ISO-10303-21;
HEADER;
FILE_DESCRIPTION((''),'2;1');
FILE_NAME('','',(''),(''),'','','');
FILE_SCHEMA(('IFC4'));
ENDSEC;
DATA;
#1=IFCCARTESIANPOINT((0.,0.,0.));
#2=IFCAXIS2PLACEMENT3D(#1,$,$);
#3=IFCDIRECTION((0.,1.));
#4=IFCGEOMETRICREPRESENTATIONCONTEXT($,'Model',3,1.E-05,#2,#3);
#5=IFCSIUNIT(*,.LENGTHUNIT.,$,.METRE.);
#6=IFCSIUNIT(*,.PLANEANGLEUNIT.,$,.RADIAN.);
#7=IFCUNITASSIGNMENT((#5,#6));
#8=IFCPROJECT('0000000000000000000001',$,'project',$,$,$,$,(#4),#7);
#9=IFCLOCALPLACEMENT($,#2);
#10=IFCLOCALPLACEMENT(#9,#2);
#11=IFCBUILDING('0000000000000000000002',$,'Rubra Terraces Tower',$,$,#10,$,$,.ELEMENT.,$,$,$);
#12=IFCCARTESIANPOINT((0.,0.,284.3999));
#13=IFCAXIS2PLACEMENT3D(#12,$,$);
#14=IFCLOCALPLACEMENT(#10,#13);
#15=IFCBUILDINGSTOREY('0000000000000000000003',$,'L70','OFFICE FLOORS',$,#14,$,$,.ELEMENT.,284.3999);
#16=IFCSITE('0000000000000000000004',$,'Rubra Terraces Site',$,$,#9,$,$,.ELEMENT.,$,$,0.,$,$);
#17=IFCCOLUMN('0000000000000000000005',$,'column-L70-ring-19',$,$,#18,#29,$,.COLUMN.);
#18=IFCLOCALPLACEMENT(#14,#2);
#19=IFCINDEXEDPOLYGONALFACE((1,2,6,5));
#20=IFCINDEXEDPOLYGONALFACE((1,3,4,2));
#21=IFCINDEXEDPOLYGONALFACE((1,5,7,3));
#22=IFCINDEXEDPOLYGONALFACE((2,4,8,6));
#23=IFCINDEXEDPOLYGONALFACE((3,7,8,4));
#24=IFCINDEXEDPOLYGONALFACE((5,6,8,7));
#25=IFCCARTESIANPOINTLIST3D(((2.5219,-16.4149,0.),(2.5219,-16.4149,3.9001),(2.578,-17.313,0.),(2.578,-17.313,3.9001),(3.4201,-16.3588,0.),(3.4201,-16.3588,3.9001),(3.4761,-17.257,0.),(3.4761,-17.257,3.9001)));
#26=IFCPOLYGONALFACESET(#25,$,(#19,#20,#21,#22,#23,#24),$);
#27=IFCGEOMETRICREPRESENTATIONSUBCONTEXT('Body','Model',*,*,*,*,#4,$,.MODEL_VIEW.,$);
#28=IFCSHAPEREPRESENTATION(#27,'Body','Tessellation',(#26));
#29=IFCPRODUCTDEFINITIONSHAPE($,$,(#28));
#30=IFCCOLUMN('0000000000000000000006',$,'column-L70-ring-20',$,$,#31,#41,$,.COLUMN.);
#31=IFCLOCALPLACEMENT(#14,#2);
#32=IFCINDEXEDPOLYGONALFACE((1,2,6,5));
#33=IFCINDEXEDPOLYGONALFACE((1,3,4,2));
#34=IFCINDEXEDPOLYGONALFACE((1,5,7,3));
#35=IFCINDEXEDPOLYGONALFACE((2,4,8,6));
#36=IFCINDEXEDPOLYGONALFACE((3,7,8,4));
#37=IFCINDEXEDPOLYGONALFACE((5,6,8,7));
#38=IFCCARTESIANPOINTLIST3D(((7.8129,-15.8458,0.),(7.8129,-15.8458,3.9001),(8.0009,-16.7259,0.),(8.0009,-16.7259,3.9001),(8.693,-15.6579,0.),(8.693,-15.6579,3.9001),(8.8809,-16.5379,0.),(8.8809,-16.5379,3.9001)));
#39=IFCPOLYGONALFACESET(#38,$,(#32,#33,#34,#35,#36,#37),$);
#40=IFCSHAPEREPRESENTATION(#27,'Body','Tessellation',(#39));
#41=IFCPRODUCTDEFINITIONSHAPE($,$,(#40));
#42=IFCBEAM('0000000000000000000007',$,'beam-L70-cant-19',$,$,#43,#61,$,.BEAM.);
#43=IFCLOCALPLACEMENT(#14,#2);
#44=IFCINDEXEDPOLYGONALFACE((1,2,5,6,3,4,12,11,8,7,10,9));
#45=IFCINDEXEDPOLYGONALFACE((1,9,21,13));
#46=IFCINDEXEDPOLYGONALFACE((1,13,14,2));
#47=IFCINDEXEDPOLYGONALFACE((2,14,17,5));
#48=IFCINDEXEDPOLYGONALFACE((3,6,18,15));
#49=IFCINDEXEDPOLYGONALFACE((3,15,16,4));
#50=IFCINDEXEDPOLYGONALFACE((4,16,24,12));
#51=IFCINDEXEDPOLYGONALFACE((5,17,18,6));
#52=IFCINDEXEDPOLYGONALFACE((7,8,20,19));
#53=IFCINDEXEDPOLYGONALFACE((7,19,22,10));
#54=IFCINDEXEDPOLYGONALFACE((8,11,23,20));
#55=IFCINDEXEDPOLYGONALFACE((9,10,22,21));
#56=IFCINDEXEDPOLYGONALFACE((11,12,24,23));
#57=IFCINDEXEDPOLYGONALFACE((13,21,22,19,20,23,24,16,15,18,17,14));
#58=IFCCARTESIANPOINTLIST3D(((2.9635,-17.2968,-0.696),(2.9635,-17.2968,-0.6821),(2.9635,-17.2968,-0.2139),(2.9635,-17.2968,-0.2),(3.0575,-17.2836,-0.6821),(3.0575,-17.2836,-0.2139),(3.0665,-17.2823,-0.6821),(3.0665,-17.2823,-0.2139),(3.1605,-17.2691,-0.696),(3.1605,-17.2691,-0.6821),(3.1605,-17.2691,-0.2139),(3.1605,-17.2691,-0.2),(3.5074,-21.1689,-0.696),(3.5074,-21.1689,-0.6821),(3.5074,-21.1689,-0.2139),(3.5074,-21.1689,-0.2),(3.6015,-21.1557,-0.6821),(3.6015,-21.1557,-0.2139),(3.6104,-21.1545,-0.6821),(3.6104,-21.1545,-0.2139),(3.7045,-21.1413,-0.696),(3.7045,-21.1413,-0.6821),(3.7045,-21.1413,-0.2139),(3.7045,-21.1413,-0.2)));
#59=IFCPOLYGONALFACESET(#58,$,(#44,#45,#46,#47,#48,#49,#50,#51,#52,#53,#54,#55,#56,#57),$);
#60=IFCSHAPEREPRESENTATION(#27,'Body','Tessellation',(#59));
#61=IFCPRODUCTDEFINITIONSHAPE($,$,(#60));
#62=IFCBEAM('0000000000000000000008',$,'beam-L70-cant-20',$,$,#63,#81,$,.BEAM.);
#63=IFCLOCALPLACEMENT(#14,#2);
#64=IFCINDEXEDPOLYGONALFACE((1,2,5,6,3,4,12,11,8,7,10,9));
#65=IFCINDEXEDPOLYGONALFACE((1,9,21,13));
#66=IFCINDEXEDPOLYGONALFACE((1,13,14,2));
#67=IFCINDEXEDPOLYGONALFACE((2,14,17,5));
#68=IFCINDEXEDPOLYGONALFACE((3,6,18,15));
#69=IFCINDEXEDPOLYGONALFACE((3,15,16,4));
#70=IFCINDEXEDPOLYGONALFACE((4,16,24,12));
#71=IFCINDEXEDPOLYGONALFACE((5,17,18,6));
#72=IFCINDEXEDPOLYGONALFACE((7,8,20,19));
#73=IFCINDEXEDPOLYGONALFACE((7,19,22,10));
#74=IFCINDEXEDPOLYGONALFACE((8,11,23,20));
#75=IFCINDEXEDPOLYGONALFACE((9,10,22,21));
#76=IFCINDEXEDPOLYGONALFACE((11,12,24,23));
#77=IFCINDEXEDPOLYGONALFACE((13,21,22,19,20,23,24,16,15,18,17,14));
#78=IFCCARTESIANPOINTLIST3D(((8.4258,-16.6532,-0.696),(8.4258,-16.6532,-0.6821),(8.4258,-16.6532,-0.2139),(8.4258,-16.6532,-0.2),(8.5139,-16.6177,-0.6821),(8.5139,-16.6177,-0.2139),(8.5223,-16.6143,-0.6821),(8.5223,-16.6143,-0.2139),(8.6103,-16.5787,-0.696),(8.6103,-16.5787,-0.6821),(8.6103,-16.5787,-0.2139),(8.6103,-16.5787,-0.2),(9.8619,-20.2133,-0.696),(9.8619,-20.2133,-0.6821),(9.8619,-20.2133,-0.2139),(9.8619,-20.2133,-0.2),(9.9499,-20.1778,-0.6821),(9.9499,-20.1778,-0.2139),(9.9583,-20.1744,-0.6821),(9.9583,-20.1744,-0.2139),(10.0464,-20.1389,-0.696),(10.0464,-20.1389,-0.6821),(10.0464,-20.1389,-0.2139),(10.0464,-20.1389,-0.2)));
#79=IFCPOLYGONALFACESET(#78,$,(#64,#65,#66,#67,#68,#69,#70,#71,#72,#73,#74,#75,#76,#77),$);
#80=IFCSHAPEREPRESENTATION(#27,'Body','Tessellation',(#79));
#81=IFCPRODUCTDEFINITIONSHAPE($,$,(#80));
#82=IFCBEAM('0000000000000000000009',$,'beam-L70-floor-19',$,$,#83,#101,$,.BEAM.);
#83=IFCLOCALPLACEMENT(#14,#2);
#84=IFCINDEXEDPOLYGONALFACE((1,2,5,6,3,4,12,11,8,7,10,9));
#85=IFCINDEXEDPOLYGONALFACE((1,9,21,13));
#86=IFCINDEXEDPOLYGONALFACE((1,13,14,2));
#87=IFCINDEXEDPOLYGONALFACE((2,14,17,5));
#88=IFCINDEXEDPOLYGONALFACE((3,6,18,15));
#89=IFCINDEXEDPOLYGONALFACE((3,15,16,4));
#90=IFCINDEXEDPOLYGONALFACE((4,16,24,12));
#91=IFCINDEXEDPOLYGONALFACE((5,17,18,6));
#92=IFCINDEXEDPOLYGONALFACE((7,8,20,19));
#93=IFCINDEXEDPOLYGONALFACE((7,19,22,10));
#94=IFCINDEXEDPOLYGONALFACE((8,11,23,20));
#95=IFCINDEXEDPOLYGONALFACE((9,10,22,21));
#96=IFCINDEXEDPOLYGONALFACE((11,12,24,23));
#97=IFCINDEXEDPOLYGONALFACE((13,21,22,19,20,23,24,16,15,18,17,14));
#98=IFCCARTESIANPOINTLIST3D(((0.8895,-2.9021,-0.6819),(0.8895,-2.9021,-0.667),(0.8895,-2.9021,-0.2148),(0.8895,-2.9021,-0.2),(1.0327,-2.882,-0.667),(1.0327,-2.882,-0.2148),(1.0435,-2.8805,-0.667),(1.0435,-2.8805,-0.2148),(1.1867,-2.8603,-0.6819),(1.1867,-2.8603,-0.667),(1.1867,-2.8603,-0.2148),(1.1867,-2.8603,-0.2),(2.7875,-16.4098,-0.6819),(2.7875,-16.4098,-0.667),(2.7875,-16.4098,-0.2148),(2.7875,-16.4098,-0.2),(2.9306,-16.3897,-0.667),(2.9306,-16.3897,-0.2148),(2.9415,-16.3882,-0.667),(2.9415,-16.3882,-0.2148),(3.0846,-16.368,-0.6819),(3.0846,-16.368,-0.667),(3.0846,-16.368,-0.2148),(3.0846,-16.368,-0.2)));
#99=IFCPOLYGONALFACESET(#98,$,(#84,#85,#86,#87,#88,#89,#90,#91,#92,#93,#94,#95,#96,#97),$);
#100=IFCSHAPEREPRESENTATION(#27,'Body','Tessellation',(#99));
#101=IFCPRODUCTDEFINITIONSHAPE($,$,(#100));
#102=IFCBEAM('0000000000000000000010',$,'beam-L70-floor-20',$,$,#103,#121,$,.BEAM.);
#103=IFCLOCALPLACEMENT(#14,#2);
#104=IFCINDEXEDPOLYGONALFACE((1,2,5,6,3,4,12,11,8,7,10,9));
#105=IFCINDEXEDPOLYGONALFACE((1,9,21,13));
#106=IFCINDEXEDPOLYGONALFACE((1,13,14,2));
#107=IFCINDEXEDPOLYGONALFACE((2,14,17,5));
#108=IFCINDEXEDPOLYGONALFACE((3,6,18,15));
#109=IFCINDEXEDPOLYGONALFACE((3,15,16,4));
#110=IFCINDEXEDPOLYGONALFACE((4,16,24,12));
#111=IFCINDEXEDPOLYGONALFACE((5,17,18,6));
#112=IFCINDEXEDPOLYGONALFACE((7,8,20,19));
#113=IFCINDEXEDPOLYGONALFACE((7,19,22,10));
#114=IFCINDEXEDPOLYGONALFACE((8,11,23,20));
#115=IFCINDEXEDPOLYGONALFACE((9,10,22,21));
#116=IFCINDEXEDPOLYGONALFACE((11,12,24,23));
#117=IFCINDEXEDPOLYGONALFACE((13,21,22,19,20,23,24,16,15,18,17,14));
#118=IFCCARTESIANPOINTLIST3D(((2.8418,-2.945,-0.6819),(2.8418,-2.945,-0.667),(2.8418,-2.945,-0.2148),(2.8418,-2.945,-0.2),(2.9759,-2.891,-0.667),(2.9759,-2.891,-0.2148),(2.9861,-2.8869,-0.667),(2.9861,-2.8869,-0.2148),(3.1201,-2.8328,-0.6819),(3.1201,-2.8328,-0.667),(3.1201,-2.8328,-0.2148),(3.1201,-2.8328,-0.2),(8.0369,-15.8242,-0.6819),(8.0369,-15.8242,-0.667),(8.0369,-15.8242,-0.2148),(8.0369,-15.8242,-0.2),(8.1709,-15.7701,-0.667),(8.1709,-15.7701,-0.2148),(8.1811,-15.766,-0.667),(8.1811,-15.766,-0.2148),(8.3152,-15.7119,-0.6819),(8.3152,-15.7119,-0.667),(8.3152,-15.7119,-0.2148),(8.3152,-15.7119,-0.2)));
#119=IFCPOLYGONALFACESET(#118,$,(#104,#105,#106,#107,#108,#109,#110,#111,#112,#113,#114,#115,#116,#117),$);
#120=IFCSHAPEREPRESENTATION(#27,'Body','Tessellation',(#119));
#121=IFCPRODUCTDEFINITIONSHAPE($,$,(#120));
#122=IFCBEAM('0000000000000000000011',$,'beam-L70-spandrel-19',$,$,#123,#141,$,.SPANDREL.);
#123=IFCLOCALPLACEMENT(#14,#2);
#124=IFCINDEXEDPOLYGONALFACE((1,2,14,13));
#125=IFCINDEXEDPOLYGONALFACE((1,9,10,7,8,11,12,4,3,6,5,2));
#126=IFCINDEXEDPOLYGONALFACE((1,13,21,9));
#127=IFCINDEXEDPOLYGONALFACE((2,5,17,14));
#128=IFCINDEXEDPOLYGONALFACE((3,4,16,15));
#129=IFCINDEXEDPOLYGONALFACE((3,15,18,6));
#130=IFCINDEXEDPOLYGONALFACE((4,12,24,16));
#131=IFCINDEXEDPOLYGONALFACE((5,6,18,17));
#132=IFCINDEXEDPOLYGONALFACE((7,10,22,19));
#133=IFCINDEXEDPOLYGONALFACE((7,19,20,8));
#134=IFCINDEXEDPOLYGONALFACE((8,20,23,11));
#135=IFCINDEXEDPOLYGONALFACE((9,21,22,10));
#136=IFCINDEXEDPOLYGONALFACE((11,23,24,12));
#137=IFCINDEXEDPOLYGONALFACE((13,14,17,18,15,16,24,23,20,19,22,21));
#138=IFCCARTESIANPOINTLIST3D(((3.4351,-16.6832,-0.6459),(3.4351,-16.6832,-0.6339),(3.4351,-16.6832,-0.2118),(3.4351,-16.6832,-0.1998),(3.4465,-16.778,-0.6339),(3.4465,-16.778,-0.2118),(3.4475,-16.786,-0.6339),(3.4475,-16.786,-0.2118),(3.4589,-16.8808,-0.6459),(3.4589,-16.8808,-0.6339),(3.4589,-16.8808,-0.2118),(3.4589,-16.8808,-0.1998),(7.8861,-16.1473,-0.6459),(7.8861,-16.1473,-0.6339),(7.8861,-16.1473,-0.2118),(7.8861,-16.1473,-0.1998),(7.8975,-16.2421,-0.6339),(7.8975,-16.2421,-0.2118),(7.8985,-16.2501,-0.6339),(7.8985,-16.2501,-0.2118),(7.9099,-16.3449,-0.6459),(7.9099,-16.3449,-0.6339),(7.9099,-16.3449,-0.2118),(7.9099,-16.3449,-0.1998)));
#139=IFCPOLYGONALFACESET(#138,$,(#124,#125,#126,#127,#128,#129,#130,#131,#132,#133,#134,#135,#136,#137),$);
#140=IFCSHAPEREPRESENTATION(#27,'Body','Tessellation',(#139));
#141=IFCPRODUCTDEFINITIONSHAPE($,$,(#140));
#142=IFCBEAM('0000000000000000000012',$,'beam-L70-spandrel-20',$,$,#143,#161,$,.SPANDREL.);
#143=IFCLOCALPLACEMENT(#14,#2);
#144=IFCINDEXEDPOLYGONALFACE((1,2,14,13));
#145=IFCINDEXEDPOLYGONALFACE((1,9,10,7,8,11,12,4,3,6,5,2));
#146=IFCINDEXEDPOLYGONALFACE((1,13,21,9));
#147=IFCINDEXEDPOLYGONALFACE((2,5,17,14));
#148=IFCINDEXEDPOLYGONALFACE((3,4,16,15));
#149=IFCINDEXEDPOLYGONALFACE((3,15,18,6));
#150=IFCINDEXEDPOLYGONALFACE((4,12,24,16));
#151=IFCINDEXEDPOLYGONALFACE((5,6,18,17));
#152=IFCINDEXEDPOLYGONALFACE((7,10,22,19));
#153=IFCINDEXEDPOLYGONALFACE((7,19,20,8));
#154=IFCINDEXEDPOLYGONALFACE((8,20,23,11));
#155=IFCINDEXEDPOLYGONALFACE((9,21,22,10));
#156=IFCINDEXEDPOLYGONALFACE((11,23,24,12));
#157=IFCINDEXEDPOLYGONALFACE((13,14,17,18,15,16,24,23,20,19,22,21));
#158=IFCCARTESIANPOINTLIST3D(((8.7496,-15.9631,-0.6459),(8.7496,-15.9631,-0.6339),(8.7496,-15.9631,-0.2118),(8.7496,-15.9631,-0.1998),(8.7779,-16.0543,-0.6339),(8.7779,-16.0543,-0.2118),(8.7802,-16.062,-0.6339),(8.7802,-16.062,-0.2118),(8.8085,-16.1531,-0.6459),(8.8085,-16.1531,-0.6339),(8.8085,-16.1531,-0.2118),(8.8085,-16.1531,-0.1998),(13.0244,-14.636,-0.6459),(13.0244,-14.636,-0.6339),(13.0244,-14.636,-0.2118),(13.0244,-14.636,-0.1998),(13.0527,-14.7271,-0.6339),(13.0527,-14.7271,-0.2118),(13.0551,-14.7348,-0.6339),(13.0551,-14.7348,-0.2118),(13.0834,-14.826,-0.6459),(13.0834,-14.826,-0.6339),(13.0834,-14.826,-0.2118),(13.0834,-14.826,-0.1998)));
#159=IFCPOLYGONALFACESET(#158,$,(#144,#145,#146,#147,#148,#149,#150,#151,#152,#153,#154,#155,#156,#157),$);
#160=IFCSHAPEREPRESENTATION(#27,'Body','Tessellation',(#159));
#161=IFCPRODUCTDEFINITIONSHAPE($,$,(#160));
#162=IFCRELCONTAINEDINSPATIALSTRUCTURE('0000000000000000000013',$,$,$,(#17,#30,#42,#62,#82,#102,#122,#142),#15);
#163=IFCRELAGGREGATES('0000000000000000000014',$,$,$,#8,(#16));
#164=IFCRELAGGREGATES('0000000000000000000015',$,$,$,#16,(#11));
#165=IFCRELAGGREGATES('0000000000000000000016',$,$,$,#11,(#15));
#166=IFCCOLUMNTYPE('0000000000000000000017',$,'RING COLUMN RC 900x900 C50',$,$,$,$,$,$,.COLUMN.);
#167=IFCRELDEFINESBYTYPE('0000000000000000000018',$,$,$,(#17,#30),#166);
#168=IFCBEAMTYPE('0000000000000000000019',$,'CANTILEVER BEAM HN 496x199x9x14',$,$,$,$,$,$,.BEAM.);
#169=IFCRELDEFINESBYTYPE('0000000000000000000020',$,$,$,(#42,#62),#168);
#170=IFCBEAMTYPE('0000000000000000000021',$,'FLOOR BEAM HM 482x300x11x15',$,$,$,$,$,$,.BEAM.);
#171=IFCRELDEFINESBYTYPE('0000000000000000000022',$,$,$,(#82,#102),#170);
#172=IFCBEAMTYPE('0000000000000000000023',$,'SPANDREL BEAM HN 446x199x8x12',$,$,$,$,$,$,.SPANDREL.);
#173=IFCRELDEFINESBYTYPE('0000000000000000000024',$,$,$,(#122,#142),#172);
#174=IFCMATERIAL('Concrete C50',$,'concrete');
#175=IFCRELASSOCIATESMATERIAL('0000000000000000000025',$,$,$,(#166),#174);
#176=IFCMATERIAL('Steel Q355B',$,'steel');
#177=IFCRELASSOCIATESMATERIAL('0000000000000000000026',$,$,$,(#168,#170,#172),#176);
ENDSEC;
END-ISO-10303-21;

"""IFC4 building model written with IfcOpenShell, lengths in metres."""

from ifc_helpers import new_model, si_unit, direction, frame, origin, origin_2d, place, context, subcontext, project, spatial, rectangle, i_section, extrude, material, material_profile, profile_set, type_object, element, save


model = new_model("IFC4")

# Units and contexts
model_context = context("Model", 3, precision=1e-05, world=origin(), true_north=direction((0.0, 1.0)))
body_context = subcontext(model_context, "Body", "Model", "MODEL_VIEW")
ifc_project = project(units=[si_unit("LENGTHUNIT", "METRE"), si_unit("PLANEANGLEUNIT", "RADIAN")], contexts=[model_context])

# Site, building, storey
site_placement = place(None, origin())
site = spatial("IfcSite", under=ifc_project, at=site_placement, Name="Rubra Terraces Site", CompositionType="ELEMENT", RefElevation=0.0)
building_placement = place(site_placement, origin())
building = spatial("IfcBuilding", under=site, at=building_placement, Name="Rubra Terraces Tower", CompositionType="ELEMENT")
storey_placement = place(building_placement, frame((0.0, 0.0, 284.3999)))
storey = spatial("IfcBuildingStorey", under=building, at=storey_placement, Name="L70", Description="OFFICE FLOORS", CompositionType="ELEMENT", Elevation=284.3999)

# Columns
ifc_material_1 = material(Name="Concrete C50", Category="concrete")
ifc_material_profile_1 = material_profile(ifc_material_1, rectangle(XDim=0.8999, YDim=0.8999, at=origin_2d()), Name="RC 900x900")
ifc_profile_set_1 = profile_set([ifc_material_profile_1], Name="Concrete C50")
column_type = type_object("IfcColumnType", Name="RING COLUMN RC 900x900 C50", PredefinedType="COLUMN", material=ifc_profile_set_1)
for number, where, z_axis, x_axis, name in (
    (1, (2.999, -16.8359, 0.0), (0.0, 0.0, 1.0), (0.998059, 0.062268, 0.0), "column-L70-ring-19"),
    (2, (8.3469, -16.1919, 0.0), (0.0, 0.0, 1.0), (0.977944, 0.208867, 0.0), "column-L70-ring-20"),
):
    element("IfcColumn", number, at=place(storey_placement, frame(where, z_axis=z_axis, x_axis=x_axis)), inside=storey, type_object=column_type, Name=name, PredefinedType="COLUMN", context=body_context, shape_type="SweptSolid", body=[
        extrude(rectangle(XDim=0.8999, YDim=0.8999, at=origin_2d()), origin(), (0.0, 0.0, 1.0), 3.9001),
    ])

# Beams
ifc_material_2 = material(Name="Steel Q355B", Category="steel")
ifc_material_profile_2 = material_profile(ifc_material_2, i_section(OverallWidth=0.199, OverallDepth=0.4961, WebThickness=0.009, FlangeThickness=0.0139, at=origin_2d()), Name="HN 496x199x9x14")
ifc_profile_set_2 = profile_set([ifc_material_profile_2], Name="Steel Q355B")
beam_type_1 = type_object("IfcBeamType", Name="CANTILEVER BEAM HN 496x199x9x14", PredefinedType="BEAM", material=ifc_profile_set_2)
beam_1_placement = place(storey_placement, frame((3.062, -17.283, -0.448), z_axis=(0.139113, -0.990276, 0.0), x_axis=(0.990276, 0.139113, 0.0)))
element("IfcBeam", 3, at=beam_1_placement, inside=storey, type_object=beam_type_1, Name="beam-L70-cant-19", PredefinedType="BEAM", context=body_context, shape_type="SweptSolid", body=[
    extrude(i_section(OverallWidth=0.199, OverallDepth=0.4961, WebThickness=0.009, FlangeThickness=0.0139, at=origin_2d()), origin(), (0.0, 0.0, 1.0), 3.9102),
])
beam_2_placement = place(storey_placement, frame((8.5181, -16.616, -0.448), z_axis=(0.374087, -0.927394, 0.0), x_axis=(0.927394, 0.374087, 0.0)))
element("IfcBeam", 4, at=beam_2_placement, inside=storey, type_object=beam_type_1, Name="beam-L70-cant-20", PredefinedType="BEAM", context=body_context, shape_type="SweptSolid", body=[
    extrude(i_section(OverallWidth=0.199, OverallDepth=0.4961, WebThickness=0.009, FlangeThickness=0.0139, at=origin_2d()), origin(), (0.0, 0.0, 1.0), 3.8389),
])
ifc_material_profile_3 = material_profile(ifc_material_2, i_section(OverallWidth=0.3, OverallDepth=0.4819, WebThickness=0.011, FlangeThickness=0.0149, at=origin_2d()), Name="HM 482x300x11x15")
ifc_profile_set_3 = profile_set([ifc_material_profile_3], Name="Steel Q355B")
beam_type_2 = type_object("IfcBeamType", Name="FLOOR BEAM HM 482x300x11x15", PredefinedType="BEAM", material=ifc_profile_set_3)
beam_3_placement = place(storey_placement, frame((2.936, -16.3889, -0.4409), z_axis=(-0.139141, 0.990273, 0.0), x_axis=(-0.990273, -0.139141, 0.0)))
element("IfcBeam", 5, at=beam_3_placement, inside=storey, type_object=beam_type_2, Name="beam-L70-floor-19", PredefinedType="BEAM", context=body_context, shape_type="SweptSolid", body=[
    extrude(i_section(OverallWidth=0.3, OverallDepth=0.4819, WebThickness=0.011, FlangeThickness=0.0149, at=origin_2d()), origin(), (0.0, 0.0, 1.0), 13.6404),
])
beam_4_placement = place(storey_placement, frame((8.176, -15.7681, -0.4409), z_axis=(-0.374084, 0.927395, 0.0), x_axis=(-0.927395, -0.374084, 0.0)))
element("IfcBeam", 6, at=beam_4_placement, inside=storey, type_object=beam_type_2, Name="beam-L70-floor-20", PredefinedType="BEAM", context=body_context, shape_type="SweptSolid", body=[
    extrude(i_section(OverallWidth=0.3, OverallDepth=0.4819, WebThickness=0.011, FlangeThickness=0.0149, at=origin_2d()), origin(), (0.0, 0.0, 1.0), 13.8875),
])
ifc_material_profile_4 = material_profile(ifc_material_2, i_section(OverallWidth=0.199, OverallDepth=0.446, WebThickness=0.0081, FlangeThickness=0.012, at=origin_2d()), Name="HN 446x199x8x12")
ifc_profile_set_4 = profile_set([ifc_material_profile_4], Name="Steel Q355B")
beam_type_3 = type_object("IfcBeamType", Name="SPANDREL BEAM HN 446x199x8x12", PredefinedType="SPANDREL", material=ifc_profile_set_4)
beam_5_placement = place(storey_placement, frame((3.447, -16.782, -0.4229), z_axis=(0.99283, 0.119536, 0.0), x_axis=(-0.119536, 0.99283, 0.0)))
element("IfcBeam", 7, at=beam_5_placement, inside=storey, type_object=beam_type_3, Name="beam-L70-spandrel-19", PredefinedType="SPANDREL", context=body_context, shape_type="SweptSolid", body=[
    extrude(i_section(OverallWidth=0.199, OverallDepth=0.446, WebThickness=0.0081, FlangeThickness=0.012, at=origin_2d()), origin(), (0.0, 0.0, 1.0), 4.4832),
])
beam_6_placement = place(storey_placement, frame((8.7791, -16.0581, -0.4229), z_axis=(0.955035, 0.296492, 0.0), x_axis=(-0.296492, 0.955035, 0.0)))
element("IfcBeam", 8, at=beam_6_placement, inside=storey, type_object=beam_type_3, Name="beam-L70-spandrel-20", PredefinedType="SPANDREL", context=body_context, shape_type="SweptSolid", body=[
    extrude(i_section(OverallWidth=0.199, OverallDepth=0.446, WebThickness=0.0081, FlangeThickness=0.012, at=origin_2d()), origin(), (0.0, 0.0, 1.0), 4.4761),
])

save(model, "model.ifc")
